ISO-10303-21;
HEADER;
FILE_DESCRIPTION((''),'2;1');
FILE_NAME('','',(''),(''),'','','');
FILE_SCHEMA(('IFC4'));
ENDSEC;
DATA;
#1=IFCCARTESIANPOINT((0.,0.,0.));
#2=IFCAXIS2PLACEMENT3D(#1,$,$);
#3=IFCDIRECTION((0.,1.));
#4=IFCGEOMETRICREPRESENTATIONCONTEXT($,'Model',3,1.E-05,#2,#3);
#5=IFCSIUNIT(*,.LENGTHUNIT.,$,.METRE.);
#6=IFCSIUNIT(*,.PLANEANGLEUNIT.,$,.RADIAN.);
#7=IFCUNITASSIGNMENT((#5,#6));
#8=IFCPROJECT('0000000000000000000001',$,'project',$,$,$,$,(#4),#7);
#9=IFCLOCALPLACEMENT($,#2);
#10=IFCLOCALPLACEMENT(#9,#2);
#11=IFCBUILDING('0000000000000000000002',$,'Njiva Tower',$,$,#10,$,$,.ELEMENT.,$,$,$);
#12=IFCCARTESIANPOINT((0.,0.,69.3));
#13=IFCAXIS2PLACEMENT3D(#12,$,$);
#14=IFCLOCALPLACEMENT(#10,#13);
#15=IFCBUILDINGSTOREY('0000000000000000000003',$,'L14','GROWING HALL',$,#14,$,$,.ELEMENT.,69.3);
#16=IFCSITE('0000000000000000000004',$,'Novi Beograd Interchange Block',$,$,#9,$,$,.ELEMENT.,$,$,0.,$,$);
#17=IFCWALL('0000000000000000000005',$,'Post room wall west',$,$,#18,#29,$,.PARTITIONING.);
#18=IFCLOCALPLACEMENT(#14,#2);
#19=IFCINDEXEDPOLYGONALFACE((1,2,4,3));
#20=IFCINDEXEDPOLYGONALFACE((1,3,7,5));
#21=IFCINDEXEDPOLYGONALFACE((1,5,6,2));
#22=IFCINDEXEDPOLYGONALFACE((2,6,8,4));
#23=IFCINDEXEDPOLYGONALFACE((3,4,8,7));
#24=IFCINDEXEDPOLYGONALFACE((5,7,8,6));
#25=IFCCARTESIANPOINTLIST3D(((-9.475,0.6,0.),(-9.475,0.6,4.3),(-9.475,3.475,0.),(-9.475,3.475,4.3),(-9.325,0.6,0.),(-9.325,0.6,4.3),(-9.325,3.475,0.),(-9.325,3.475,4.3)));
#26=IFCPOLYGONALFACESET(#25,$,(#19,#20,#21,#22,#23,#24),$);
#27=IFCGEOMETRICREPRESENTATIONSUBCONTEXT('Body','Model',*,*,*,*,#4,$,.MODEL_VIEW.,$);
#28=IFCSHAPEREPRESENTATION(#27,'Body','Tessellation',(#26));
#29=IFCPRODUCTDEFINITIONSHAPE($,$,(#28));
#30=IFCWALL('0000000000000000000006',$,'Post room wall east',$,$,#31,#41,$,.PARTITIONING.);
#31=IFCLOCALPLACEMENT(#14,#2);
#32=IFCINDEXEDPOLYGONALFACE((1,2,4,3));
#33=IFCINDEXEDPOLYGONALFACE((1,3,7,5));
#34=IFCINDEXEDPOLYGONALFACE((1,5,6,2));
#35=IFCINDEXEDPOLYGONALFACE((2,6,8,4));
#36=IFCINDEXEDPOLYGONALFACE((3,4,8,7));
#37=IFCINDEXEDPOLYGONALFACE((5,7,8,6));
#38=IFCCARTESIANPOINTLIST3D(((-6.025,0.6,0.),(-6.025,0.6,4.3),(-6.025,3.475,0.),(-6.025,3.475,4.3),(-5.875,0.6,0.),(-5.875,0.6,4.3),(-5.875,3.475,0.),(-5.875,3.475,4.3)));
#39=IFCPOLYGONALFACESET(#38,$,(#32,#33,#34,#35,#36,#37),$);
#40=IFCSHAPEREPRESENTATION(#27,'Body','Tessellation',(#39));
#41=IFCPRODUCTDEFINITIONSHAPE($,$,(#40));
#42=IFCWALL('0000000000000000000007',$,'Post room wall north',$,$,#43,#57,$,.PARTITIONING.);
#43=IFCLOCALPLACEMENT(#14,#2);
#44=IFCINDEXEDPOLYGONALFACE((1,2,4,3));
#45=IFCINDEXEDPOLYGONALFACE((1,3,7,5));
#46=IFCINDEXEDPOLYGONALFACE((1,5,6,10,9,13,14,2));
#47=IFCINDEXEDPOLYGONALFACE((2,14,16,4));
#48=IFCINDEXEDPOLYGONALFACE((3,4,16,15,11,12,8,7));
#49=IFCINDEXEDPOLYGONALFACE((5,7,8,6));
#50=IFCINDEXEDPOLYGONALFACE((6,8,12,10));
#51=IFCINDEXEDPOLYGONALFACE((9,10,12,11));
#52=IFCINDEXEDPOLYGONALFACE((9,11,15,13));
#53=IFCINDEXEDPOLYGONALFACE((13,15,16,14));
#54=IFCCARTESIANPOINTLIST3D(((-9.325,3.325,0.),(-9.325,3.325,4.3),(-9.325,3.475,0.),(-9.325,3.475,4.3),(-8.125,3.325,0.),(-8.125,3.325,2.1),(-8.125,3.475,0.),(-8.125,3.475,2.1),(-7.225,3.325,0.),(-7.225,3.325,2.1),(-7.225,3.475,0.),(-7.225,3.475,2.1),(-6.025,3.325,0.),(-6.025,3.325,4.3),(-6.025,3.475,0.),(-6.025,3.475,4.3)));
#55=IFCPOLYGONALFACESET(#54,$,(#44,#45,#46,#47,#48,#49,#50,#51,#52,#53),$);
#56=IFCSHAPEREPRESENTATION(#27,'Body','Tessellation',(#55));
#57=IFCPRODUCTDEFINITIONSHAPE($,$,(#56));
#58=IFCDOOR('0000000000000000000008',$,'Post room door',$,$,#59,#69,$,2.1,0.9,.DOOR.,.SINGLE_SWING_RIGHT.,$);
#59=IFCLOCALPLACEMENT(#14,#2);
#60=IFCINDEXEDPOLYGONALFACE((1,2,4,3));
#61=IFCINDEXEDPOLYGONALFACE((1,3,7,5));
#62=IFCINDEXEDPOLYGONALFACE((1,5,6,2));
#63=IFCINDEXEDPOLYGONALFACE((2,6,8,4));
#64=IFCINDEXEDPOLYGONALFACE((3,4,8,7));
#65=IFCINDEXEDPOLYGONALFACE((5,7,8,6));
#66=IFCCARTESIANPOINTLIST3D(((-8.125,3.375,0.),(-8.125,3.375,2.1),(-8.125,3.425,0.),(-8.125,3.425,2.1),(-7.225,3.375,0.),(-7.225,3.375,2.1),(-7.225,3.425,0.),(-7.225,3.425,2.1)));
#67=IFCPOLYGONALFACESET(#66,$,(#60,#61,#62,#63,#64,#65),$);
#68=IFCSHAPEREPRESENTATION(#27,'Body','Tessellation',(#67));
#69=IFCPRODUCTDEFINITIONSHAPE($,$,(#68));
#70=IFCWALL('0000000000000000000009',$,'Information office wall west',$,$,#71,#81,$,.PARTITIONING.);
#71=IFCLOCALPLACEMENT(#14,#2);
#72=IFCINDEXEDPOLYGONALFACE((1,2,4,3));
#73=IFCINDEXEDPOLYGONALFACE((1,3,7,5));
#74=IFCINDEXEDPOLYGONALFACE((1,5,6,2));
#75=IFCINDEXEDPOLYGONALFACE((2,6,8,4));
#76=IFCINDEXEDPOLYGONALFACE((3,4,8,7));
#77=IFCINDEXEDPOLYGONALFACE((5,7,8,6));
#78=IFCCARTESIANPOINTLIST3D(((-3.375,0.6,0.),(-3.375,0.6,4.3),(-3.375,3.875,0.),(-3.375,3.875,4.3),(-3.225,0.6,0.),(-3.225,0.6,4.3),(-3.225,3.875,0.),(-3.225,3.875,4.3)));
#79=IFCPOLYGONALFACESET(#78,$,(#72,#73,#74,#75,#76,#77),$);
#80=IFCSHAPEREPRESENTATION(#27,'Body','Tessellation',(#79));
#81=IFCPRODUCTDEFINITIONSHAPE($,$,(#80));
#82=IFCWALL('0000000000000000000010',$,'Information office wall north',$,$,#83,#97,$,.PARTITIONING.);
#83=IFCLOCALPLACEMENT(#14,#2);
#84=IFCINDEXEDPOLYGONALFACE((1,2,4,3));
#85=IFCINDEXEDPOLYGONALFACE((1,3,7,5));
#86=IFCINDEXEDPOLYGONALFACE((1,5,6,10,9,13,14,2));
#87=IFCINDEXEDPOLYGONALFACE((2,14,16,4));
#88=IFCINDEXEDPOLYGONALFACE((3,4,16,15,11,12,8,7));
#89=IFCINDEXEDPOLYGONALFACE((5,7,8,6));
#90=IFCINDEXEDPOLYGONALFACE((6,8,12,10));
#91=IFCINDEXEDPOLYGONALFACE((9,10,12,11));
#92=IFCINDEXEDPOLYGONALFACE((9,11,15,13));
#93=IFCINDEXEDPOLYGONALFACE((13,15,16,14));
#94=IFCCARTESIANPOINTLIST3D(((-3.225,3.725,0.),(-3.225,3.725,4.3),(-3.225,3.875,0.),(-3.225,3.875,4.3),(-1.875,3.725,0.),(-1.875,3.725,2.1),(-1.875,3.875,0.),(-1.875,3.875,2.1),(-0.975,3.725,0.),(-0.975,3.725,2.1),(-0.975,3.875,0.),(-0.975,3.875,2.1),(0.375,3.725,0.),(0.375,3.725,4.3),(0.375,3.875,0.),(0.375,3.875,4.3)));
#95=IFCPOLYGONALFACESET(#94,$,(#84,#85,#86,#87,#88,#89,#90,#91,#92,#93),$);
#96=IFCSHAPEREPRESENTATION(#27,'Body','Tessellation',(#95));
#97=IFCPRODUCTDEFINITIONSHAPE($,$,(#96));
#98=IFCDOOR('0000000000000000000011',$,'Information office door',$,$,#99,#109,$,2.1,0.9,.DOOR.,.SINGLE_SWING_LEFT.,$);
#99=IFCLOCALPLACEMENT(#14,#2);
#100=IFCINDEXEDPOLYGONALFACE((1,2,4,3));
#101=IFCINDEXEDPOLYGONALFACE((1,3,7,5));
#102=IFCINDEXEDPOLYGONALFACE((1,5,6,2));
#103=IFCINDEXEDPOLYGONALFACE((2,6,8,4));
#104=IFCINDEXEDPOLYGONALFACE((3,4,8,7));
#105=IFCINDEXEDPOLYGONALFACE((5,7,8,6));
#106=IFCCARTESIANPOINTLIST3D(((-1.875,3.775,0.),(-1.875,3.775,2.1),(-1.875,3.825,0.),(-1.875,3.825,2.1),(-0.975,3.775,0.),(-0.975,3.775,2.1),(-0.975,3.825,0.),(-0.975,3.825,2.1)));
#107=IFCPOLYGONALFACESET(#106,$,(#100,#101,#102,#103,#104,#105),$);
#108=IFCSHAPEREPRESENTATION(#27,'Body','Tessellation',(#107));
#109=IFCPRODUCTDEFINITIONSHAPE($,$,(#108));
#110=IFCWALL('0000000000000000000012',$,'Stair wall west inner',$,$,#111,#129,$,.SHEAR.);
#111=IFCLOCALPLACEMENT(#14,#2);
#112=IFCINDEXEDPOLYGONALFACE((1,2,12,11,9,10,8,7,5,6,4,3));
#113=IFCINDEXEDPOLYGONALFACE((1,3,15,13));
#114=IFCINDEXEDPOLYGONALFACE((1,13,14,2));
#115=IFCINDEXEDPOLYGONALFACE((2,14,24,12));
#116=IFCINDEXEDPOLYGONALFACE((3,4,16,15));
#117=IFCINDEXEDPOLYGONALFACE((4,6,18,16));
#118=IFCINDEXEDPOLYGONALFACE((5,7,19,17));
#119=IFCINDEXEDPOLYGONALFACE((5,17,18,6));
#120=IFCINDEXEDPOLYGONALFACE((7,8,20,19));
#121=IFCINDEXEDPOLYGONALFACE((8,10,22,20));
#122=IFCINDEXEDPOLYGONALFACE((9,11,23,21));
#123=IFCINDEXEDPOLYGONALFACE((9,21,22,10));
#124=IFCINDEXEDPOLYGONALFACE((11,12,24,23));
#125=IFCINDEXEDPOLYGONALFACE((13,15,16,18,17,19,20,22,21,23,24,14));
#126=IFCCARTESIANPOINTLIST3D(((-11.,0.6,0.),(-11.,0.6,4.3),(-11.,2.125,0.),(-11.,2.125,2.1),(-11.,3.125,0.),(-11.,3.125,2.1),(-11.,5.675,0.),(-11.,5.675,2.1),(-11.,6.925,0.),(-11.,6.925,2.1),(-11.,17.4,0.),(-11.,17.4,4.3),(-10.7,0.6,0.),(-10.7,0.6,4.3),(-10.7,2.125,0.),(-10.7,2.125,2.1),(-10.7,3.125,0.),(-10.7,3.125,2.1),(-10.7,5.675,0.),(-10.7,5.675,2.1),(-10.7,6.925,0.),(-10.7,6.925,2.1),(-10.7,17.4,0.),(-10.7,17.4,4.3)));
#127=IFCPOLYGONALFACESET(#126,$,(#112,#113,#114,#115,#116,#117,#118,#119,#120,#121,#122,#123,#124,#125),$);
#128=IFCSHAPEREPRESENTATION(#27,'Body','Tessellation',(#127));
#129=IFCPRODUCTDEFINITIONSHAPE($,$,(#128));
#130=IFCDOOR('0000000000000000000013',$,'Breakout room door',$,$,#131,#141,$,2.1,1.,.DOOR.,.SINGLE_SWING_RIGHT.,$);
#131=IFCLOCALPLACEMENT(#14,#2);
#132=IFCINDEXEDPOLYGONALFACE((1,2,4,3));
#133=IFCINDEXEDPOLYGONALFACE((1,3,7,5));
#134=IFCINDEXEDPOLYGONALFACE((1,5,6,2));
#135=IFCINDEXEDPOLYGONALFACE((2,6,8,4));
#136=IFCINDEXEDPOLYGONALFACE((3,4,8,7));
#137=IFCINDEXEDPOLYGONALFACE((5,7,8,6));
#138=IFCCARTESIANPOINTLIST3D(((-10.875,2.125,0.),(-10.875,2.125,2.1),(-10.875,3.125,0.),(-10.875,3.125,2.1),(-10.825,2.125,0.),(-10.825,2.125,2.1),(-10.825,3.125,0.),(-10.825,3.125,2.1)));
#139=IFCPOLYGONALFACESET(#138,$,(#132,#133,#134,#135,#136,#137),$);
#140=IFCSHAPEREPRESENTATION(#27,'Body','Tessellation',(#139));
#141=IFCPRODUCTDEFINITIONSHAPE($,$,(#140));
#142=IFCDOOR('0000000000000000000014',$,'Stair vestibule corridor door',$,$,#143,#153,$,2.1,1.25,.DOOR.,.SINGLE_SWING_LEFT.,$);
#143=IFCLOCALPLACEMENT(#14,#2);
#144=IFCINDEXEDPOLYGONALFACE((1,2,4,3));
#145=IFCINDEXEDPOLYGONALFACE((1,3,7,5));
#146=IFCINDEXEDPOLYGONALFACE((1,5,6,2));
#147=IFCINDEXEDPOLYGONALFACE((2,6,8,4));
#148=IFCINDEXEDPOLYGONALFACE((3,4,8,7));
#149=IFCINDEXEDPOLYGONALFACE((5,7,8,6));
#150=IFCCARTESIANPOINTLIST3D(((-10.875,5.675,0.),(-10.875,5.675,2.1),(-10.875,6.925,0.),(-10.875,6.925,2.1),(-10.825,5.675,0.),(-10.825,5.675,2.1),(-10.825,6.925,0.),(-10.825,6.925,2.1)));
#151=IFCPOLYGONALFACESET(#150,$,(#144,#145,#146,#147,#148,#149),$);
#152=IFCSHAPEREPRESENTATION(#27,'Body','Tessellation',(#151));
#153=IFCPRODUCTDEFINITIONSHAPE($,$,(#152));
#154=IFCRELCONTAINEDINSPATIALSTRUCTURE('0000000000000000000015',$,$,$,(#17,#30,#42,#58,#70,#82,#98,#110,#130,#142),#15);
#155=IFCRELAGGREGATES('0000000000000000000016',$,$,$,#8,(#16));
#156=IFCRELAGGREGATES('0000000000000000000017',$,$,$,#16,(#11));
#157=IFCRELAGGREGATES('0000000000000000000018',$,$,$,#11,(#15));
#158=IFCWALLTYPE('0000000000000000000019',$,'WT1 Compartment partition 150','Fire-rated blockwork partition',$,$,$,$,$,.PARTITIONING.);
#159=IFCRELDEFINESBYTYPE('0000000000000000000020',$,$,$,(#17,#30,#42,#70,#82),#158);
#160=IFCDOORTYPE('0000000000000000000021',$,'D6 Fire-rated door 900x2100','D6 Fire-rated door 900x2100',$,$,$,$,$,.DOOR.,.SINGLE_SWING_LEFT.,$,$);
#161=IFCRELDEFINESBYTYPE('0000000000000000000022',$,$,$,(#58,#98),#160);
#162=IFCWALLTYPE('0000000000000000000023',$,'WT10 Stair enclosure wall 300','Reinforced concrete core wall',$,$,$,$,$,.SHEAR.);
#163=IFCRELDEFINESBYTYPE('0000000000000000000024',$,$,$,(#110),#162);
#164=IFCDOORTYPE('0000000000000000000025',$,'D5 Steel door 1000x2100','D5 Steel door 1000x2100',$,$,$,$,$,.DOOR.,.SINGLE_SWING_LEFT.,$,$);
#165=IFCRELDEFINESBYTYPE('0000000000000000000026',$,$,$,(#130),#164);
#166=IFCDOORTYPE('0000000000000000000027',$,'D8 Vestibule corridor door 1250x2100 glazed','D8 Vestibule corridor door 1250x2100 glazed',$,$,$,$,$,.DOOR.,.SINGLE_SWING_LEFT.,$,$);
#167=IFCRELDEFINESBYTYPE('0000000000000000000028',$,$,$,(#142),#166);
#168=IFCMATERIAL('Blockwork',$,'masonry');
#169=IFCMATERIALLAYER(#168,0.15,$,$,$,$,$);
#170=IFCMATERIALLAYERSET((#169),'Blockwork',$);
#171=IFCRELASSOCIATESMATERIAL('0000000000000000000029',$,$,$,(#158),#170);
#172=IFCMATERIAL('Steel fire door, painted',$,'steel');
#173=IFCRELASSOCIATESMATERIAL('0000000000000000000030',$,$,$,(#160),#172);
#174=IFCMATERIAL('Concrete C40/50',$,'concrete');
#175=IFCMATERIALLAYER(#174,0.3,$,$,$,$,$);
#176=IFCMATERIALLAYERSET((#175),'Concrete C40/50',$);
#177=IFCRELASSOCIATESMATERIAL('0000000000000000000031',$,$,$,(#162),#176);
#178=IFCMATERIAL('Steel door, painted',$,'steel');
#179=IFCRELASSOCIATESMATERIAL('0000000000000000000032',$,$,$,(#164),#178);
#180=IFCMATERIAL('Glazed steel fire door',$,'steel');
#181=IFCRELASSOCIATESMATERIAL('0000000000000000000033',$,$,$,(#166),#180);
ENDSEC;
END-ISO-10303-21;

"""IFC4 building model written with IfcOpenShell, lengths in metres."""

from ifc_helpers import new_model, si_unit, direction, frame, frame_2d, origin, place, context, subcontext, project, spatial, rectangle, extrude, material, layer, layer_set, type_object, element, fill, save


model = new_model("IFC4")

# Units and contexts
model_context = context("Model", 3, precision=1e-05, world=origin(), true_north=direction((0.0, 1.0)))
body_context = subcontext(model_context, "Body", "Model", "MODEL_VIEW")
ifc_project = project(units=[si_unit("LENGTHUNIT", "METRE"), si_unit("PLANEANGLEUNIT", "RADIAN")], contexts=[model_context])

# Site, building, storey
site_placement = place(None, origin())
site = spatial("IfcSite", under=ifc_project, at=site_placement, Name="Novi Beograd Interchange Block", CompositionType="ELEMENT", RefElevation=0.0)
building_placement = place(site_placement, origin())
building = spatial("IfcBuilding", under=site, at=building_placement, Name="Njiva Tower", CompositionType="ELEMENT")
storey_placement = place(building_placement, frame((0.0, 0.0, 69.3)))
storey = spatial("IfcBuildingStorey", under=building, at=storey_placement, Name="L14", Description="GROWING HALL", CompositionType="ELEMENT", Elevation=69.3)

# Walls
ifc_material_1 = material(Name="Blockwork", Category="masonry")
ifc_layer_1 = layer(ifc_material_1, 0.15)
ifc_layer_set_1 = layer_set([ifc_layer_1], Name="Blockwork")
wall_type_1 = type_object("IfcWallType", Name="WT1 Compartment partition 150", Description="Fire-rated blockwork partition", PredefinedType="PARTITIONING", material=ifc_layer_set_1)
for number, where, z_axis, x_axis, name in (
    (1, (-9.4, 0.6, 0.0), (0.0, 0.0, 1.0), (0.0, 1.0, 0.0), "Post room wall west"),
    (2, (-5.95, 0.6, 0.0), (0.0, 0.0, 1.0), (0.0, 1.0, 0.0), "Post room wall east"),
):
    element("IfcWall", number, at=place(storey_placement, frame(where, z_axis=z_axis, x_axis=x_axis)), inside=storey, type_object=wall_type_1, Name=name, PredefinedType="PARTITIONING", context=body_context, shape_type="SweptSolid", body=[
        extrude(rectangle(XDim=2.875, YDim=0.15, at=frame_2d((1.4375, 0.0))), origin(), (0.0, 0.0, 1.0), 4.3),
    ])

# Wall, opening, door
wall_1_placement = place(storey_placement, frame((-9.325, 3.4, 0.0), z_axis=(0.0, 0.0, 1.0), x_axis=(1.0, 0.0, 0.0)))
wall_1 = element("IfcWall", 3, at=wall_1_placement, inside=storey, type_object=wall_type_1, Name="Post room wall north", PredefinedType="PARTITIONING", context=body_context, shape_type="SweptSolid", body=[
    extrude(rectangle(XDim=3.3, YDim=0.15, at=frame_2d((1.65, 0.0))), origin(), (0.0, 0.0, 1.0), 4.3),
])
opening_1_placement = place(wall_1_placement, frame((1.2, 0.0, 0.0)))
opening_1 = element("IfcOpeningElement", 4, at=opening_1_placement, cuts=wall_1, PredefinedType="OPENING", context=body_context, shape_type="SweptSolid", body=[
    extrude(rectangle(XDim=0.9, YDim=2.1, at=frame_2d((0.45, 1.05))), frame((0.0, 0.085, 0.0), z_axis=(0.0, -1.0, 0.0), x_axis=(1.0, 0.0, 0.0)), (0.0, 0.0, 1.0), 0.17),
])
ifc_material_2 = material(Name="Steel fire door, painted", Category="steel")
door_type_1 = type_object("IfcDoorType", Name="D6 Fire-rated door 900x2100", Description="D6 Fire-rated door 900x2100", OperationType="SINGLE_SWING_LEFT", PredefinedType="DOOR", material=ifc_material_2)
door_1_placement = place(opening_1_placement, origin())
door_1 = element("IfcDoor", 5, at=door_1_placement, inside=storey, type_object=door_type_1, Name="Post room door", OperationType="SINGLE_SWING_RIGHT", OverallHeight=2.1, OverallWidth=0.9, PredefinedType="DOOR", context=body_context, shape_type="SweptSolid", body=[
    extrude(rectangle(XDim=0.9, YDim=2.1, at=frame_2d((0.45, 1.05))), frame((0.0, 0.025, 0.0), z_axis=(0.0, -1.0, 0.0), x_axis=(1.0, 0.0, 0.0)), (0.0, 0.0, 1.0), 0.05),
])
fill(opening_1, door_1)

# Wall
wall_2_placement = place(storey_placement, frame((-3.3, 0.6, 0.0), z_axis=(0.0, 0.0, 1.0), x_axis=(0.0, 1.0, 0.0)))
element("IfcWall", 6, at=wall_2_placement, inside=storey, type_object=wall_type_1, Name="Information office wall west", PredefinedType="PARTITIONING", context=body_context, shape_type="SweptSolid", body=[
    extrude(rectangle(XDim=3.275, YDim=0.15, at=frame_2d((1.6375, 0.0))), origin(), (0.0, 0.0, 1.0), 4.3),
])

# Wall, opening, door
wall_3_placement = place(storey_placement, frame((-3.225, 3.8, 0.0), z_axis=(0.0, 0.0, 1.0), x_axis=(1.0, 0.0, 0.0)))
wall_3 = element("IfcWall", 7, at=wall_3_placement, inside=storey, type_object=wall_type_1, Name="Information office wall north", PredefinedType="PARTITIONING", context=body_context, shape_type="SweptSolid", body=[
    extrude(rectangle(XDim=3.6, YDim=0.15, at=frame_2d((1.8, 0.0))), origin(), (0.0, 0.0, 1.0), 4.3),
])
opening_2_placement = place(wall_3_placement, frame((1.35, 0.0, 0.0)))
opening_2 = element("IfcOpeningElement", 8, at=opening_2_placement, cuts=wall_3, PredefinedType="OPENING", context=body_context, shape_type="SweptSolid", body=[
    extrude(rectangle(XDim=0.9, YDim=2.1, at=frame_2d((0.45, 1.05))), frame((0.0, 0.085, 0.0), z_axis=(0.0, -1.0, 0.0), x_axis=(1.0, 0.0, 0.0)), (0.0, 0.0, 1.0), 0.17),
])
door_2_placement = place(opening_2_placement, origin())
door_2 = element("IfcDoor", 9, at=door_2_placement, inside=storey, type_object=door_type_1, Name="Information office door", OperationType="SINGLE_SWING_LEFT", OverallHeight=2.1, OverallWidth=0.9, PredefinedType="DOOR", context=body_context, shape_type="SweptSolid", body=[
    extrude(rectangle(XDim=0.9, YDim=2.1, at=frame_2d((0.45, 1.05))), frame((0.0, 0.025, 0.0), z_axis=(0.0, -1.0, 0.0), x_axis=(1.0, 0.0, 0.0)), (0.0, 0.0, 1.0), 0.05),
])
fill(opening_2, door_2)

# Wall, openings, doors
ifc_material_3 = material(Name="Concrete C40/50", Category="concrete")
ifc_layer_2 = layer(ifc_material_3, 0.3)
ifc_layer_set_2 = layer_set([ifc_layer_2], Name="Concrete C40/50")
wall_type_2 = type_object("IfcWallType", Name="WT10 Stair enclosure wall 300", Description="Reinforced concrete core wall", PredefinedType="SHEAR", material=ifc_layer_set_2)
wall_4_placement = place(storey_placement, frame((-10.85, 0.6, 0.0), z_axis=(0.0, 0.0, 1.0), x_axis=(0.0, 1.0, 0.0)))
wall_4 = element("IfcWall", 10, at=wall_4_placement, inside=storey, type_object=wall_type_2, Name="Stair wall west inner", PredefinedType="SHEAR", context=body_context, shape_type="SweptSolid", body=[
    extrude(rectangle(XDim=16.8, YDim=0.3, at=frame_2d((8.4, 0.0))), origin(), (0.0, 0.0, 1.0), 4.3),
])
opening_3_placement = place(wall_4_placement, frame((5.075, 0.0, 0.0)))
opening_3 = element("IfcOpeningElement", 11, at=opening_3_placement, cuts=wall_4, PredefinedType="OPENING", context=body_context, shape_type="SweptSolid", body=[
    extrude(rectangle(XDim=1.25, YDim=2.1, at=frame_2d((0.625, 1.05))), frame((0.0, 0.16, 0.0), z_axis=(0.0, -1.0, 0.0), x_axis=(1.0, 0.0, 0.0)), (0.0, 0.0, 1.0), 0.32),
])
opening_4_placement = place(wall_4_placement, frame((1.525, 0.0, 0.0)))
opening_4 = element("IfcOpeningElement", 12, at=opening_4_placement, cuts=wall_4, PredefinedType="OPENING", context=body_context, shape_type="SweptSolid", body=[
    extrude(rectangle(XDim=1.0, YDim=2.1, at=frame_2d((0.5, 1.05))), frame((0.0, 0.16, 0.0), z_axis=(0.0, -1.0, 0.0), x_axis=(1.0, 0.0, 0.0)), (0.0, 0.0, 1.0), 0.32),
])
ifc_material_4 = material(Name="Steel door, painted", Category="steel")
door_type_2 = type_object("IfcDoorType", Name="D5 Steel door 1000x2100", Description="D5 Steel door 1000x2100", OperationType="SINGLE_SWING_LEFT", PredefinedType="DOOR", material=ifc_material_4)
door_3_placement = place(opening_4_placement, origin())
door_3 = element("IfcDoor", 13, at=door_3_placement, inside=storey, type_object=door_type_2, Name="Breakout room door", OperationType="SINGLE_SWING_RIGHT", OverallHeight=2.1, OverallWidth=1.0, PredefinedType="DOOR", context=body_context, shape_type="SweptSolid", body=[
    extrude(rectangle(XDim=1.0, YDim=2.1, at=frame_2d((0.5, 1.05))), frame((0.0, 0.025, 0.0), z_axis=(0.0, -1.0, 0.0), x_axis=(1.0, 0.0, 0.0)), (0.0, 0.0, 1.0), 0.05),
])
fill(opening_4, door_3)
ifc_material_5 = material(Name="Glazed steel fire door", Category="steel")
door_type_3 = type_object("IfcDoorType", Name="D8 Vestibule corridor door 1250x2100 glazed", Description="D8 Vestibule corridor door 1250x2100 glazed", OperationType="SINGLE_SWING_LEFT", PredefinedType="DOOR", material=ifc_material_5)
door_4_placement = place(opening_3_placement, origin())
door_4 = element("IfcDoor", 14, at=door_4_placement, inside=storey, type_object=door_type_3, Name="Stair vestibule corridor door", OperationType="SINGLE_SWING_LEFT", OverallHeight=2.1, OverallWidth=1.25, PredefinedType="DOOR", context=body_context, shape_type="SweptSolid", body=[
    extrude(rectangle(XDim=1.25, YDim=2.1, at=frame_2d((0.625, 1.05))), frame((0.0, 0.025, 0.0), z_axis=(0.0, -1.0, 0.0), x_axis=(1.0, 0.0, 0.0)), (0.0, 0.0, 1.0), 0.05),
])
fill(opening_3, door_4)

save(model, "model.ifc")
